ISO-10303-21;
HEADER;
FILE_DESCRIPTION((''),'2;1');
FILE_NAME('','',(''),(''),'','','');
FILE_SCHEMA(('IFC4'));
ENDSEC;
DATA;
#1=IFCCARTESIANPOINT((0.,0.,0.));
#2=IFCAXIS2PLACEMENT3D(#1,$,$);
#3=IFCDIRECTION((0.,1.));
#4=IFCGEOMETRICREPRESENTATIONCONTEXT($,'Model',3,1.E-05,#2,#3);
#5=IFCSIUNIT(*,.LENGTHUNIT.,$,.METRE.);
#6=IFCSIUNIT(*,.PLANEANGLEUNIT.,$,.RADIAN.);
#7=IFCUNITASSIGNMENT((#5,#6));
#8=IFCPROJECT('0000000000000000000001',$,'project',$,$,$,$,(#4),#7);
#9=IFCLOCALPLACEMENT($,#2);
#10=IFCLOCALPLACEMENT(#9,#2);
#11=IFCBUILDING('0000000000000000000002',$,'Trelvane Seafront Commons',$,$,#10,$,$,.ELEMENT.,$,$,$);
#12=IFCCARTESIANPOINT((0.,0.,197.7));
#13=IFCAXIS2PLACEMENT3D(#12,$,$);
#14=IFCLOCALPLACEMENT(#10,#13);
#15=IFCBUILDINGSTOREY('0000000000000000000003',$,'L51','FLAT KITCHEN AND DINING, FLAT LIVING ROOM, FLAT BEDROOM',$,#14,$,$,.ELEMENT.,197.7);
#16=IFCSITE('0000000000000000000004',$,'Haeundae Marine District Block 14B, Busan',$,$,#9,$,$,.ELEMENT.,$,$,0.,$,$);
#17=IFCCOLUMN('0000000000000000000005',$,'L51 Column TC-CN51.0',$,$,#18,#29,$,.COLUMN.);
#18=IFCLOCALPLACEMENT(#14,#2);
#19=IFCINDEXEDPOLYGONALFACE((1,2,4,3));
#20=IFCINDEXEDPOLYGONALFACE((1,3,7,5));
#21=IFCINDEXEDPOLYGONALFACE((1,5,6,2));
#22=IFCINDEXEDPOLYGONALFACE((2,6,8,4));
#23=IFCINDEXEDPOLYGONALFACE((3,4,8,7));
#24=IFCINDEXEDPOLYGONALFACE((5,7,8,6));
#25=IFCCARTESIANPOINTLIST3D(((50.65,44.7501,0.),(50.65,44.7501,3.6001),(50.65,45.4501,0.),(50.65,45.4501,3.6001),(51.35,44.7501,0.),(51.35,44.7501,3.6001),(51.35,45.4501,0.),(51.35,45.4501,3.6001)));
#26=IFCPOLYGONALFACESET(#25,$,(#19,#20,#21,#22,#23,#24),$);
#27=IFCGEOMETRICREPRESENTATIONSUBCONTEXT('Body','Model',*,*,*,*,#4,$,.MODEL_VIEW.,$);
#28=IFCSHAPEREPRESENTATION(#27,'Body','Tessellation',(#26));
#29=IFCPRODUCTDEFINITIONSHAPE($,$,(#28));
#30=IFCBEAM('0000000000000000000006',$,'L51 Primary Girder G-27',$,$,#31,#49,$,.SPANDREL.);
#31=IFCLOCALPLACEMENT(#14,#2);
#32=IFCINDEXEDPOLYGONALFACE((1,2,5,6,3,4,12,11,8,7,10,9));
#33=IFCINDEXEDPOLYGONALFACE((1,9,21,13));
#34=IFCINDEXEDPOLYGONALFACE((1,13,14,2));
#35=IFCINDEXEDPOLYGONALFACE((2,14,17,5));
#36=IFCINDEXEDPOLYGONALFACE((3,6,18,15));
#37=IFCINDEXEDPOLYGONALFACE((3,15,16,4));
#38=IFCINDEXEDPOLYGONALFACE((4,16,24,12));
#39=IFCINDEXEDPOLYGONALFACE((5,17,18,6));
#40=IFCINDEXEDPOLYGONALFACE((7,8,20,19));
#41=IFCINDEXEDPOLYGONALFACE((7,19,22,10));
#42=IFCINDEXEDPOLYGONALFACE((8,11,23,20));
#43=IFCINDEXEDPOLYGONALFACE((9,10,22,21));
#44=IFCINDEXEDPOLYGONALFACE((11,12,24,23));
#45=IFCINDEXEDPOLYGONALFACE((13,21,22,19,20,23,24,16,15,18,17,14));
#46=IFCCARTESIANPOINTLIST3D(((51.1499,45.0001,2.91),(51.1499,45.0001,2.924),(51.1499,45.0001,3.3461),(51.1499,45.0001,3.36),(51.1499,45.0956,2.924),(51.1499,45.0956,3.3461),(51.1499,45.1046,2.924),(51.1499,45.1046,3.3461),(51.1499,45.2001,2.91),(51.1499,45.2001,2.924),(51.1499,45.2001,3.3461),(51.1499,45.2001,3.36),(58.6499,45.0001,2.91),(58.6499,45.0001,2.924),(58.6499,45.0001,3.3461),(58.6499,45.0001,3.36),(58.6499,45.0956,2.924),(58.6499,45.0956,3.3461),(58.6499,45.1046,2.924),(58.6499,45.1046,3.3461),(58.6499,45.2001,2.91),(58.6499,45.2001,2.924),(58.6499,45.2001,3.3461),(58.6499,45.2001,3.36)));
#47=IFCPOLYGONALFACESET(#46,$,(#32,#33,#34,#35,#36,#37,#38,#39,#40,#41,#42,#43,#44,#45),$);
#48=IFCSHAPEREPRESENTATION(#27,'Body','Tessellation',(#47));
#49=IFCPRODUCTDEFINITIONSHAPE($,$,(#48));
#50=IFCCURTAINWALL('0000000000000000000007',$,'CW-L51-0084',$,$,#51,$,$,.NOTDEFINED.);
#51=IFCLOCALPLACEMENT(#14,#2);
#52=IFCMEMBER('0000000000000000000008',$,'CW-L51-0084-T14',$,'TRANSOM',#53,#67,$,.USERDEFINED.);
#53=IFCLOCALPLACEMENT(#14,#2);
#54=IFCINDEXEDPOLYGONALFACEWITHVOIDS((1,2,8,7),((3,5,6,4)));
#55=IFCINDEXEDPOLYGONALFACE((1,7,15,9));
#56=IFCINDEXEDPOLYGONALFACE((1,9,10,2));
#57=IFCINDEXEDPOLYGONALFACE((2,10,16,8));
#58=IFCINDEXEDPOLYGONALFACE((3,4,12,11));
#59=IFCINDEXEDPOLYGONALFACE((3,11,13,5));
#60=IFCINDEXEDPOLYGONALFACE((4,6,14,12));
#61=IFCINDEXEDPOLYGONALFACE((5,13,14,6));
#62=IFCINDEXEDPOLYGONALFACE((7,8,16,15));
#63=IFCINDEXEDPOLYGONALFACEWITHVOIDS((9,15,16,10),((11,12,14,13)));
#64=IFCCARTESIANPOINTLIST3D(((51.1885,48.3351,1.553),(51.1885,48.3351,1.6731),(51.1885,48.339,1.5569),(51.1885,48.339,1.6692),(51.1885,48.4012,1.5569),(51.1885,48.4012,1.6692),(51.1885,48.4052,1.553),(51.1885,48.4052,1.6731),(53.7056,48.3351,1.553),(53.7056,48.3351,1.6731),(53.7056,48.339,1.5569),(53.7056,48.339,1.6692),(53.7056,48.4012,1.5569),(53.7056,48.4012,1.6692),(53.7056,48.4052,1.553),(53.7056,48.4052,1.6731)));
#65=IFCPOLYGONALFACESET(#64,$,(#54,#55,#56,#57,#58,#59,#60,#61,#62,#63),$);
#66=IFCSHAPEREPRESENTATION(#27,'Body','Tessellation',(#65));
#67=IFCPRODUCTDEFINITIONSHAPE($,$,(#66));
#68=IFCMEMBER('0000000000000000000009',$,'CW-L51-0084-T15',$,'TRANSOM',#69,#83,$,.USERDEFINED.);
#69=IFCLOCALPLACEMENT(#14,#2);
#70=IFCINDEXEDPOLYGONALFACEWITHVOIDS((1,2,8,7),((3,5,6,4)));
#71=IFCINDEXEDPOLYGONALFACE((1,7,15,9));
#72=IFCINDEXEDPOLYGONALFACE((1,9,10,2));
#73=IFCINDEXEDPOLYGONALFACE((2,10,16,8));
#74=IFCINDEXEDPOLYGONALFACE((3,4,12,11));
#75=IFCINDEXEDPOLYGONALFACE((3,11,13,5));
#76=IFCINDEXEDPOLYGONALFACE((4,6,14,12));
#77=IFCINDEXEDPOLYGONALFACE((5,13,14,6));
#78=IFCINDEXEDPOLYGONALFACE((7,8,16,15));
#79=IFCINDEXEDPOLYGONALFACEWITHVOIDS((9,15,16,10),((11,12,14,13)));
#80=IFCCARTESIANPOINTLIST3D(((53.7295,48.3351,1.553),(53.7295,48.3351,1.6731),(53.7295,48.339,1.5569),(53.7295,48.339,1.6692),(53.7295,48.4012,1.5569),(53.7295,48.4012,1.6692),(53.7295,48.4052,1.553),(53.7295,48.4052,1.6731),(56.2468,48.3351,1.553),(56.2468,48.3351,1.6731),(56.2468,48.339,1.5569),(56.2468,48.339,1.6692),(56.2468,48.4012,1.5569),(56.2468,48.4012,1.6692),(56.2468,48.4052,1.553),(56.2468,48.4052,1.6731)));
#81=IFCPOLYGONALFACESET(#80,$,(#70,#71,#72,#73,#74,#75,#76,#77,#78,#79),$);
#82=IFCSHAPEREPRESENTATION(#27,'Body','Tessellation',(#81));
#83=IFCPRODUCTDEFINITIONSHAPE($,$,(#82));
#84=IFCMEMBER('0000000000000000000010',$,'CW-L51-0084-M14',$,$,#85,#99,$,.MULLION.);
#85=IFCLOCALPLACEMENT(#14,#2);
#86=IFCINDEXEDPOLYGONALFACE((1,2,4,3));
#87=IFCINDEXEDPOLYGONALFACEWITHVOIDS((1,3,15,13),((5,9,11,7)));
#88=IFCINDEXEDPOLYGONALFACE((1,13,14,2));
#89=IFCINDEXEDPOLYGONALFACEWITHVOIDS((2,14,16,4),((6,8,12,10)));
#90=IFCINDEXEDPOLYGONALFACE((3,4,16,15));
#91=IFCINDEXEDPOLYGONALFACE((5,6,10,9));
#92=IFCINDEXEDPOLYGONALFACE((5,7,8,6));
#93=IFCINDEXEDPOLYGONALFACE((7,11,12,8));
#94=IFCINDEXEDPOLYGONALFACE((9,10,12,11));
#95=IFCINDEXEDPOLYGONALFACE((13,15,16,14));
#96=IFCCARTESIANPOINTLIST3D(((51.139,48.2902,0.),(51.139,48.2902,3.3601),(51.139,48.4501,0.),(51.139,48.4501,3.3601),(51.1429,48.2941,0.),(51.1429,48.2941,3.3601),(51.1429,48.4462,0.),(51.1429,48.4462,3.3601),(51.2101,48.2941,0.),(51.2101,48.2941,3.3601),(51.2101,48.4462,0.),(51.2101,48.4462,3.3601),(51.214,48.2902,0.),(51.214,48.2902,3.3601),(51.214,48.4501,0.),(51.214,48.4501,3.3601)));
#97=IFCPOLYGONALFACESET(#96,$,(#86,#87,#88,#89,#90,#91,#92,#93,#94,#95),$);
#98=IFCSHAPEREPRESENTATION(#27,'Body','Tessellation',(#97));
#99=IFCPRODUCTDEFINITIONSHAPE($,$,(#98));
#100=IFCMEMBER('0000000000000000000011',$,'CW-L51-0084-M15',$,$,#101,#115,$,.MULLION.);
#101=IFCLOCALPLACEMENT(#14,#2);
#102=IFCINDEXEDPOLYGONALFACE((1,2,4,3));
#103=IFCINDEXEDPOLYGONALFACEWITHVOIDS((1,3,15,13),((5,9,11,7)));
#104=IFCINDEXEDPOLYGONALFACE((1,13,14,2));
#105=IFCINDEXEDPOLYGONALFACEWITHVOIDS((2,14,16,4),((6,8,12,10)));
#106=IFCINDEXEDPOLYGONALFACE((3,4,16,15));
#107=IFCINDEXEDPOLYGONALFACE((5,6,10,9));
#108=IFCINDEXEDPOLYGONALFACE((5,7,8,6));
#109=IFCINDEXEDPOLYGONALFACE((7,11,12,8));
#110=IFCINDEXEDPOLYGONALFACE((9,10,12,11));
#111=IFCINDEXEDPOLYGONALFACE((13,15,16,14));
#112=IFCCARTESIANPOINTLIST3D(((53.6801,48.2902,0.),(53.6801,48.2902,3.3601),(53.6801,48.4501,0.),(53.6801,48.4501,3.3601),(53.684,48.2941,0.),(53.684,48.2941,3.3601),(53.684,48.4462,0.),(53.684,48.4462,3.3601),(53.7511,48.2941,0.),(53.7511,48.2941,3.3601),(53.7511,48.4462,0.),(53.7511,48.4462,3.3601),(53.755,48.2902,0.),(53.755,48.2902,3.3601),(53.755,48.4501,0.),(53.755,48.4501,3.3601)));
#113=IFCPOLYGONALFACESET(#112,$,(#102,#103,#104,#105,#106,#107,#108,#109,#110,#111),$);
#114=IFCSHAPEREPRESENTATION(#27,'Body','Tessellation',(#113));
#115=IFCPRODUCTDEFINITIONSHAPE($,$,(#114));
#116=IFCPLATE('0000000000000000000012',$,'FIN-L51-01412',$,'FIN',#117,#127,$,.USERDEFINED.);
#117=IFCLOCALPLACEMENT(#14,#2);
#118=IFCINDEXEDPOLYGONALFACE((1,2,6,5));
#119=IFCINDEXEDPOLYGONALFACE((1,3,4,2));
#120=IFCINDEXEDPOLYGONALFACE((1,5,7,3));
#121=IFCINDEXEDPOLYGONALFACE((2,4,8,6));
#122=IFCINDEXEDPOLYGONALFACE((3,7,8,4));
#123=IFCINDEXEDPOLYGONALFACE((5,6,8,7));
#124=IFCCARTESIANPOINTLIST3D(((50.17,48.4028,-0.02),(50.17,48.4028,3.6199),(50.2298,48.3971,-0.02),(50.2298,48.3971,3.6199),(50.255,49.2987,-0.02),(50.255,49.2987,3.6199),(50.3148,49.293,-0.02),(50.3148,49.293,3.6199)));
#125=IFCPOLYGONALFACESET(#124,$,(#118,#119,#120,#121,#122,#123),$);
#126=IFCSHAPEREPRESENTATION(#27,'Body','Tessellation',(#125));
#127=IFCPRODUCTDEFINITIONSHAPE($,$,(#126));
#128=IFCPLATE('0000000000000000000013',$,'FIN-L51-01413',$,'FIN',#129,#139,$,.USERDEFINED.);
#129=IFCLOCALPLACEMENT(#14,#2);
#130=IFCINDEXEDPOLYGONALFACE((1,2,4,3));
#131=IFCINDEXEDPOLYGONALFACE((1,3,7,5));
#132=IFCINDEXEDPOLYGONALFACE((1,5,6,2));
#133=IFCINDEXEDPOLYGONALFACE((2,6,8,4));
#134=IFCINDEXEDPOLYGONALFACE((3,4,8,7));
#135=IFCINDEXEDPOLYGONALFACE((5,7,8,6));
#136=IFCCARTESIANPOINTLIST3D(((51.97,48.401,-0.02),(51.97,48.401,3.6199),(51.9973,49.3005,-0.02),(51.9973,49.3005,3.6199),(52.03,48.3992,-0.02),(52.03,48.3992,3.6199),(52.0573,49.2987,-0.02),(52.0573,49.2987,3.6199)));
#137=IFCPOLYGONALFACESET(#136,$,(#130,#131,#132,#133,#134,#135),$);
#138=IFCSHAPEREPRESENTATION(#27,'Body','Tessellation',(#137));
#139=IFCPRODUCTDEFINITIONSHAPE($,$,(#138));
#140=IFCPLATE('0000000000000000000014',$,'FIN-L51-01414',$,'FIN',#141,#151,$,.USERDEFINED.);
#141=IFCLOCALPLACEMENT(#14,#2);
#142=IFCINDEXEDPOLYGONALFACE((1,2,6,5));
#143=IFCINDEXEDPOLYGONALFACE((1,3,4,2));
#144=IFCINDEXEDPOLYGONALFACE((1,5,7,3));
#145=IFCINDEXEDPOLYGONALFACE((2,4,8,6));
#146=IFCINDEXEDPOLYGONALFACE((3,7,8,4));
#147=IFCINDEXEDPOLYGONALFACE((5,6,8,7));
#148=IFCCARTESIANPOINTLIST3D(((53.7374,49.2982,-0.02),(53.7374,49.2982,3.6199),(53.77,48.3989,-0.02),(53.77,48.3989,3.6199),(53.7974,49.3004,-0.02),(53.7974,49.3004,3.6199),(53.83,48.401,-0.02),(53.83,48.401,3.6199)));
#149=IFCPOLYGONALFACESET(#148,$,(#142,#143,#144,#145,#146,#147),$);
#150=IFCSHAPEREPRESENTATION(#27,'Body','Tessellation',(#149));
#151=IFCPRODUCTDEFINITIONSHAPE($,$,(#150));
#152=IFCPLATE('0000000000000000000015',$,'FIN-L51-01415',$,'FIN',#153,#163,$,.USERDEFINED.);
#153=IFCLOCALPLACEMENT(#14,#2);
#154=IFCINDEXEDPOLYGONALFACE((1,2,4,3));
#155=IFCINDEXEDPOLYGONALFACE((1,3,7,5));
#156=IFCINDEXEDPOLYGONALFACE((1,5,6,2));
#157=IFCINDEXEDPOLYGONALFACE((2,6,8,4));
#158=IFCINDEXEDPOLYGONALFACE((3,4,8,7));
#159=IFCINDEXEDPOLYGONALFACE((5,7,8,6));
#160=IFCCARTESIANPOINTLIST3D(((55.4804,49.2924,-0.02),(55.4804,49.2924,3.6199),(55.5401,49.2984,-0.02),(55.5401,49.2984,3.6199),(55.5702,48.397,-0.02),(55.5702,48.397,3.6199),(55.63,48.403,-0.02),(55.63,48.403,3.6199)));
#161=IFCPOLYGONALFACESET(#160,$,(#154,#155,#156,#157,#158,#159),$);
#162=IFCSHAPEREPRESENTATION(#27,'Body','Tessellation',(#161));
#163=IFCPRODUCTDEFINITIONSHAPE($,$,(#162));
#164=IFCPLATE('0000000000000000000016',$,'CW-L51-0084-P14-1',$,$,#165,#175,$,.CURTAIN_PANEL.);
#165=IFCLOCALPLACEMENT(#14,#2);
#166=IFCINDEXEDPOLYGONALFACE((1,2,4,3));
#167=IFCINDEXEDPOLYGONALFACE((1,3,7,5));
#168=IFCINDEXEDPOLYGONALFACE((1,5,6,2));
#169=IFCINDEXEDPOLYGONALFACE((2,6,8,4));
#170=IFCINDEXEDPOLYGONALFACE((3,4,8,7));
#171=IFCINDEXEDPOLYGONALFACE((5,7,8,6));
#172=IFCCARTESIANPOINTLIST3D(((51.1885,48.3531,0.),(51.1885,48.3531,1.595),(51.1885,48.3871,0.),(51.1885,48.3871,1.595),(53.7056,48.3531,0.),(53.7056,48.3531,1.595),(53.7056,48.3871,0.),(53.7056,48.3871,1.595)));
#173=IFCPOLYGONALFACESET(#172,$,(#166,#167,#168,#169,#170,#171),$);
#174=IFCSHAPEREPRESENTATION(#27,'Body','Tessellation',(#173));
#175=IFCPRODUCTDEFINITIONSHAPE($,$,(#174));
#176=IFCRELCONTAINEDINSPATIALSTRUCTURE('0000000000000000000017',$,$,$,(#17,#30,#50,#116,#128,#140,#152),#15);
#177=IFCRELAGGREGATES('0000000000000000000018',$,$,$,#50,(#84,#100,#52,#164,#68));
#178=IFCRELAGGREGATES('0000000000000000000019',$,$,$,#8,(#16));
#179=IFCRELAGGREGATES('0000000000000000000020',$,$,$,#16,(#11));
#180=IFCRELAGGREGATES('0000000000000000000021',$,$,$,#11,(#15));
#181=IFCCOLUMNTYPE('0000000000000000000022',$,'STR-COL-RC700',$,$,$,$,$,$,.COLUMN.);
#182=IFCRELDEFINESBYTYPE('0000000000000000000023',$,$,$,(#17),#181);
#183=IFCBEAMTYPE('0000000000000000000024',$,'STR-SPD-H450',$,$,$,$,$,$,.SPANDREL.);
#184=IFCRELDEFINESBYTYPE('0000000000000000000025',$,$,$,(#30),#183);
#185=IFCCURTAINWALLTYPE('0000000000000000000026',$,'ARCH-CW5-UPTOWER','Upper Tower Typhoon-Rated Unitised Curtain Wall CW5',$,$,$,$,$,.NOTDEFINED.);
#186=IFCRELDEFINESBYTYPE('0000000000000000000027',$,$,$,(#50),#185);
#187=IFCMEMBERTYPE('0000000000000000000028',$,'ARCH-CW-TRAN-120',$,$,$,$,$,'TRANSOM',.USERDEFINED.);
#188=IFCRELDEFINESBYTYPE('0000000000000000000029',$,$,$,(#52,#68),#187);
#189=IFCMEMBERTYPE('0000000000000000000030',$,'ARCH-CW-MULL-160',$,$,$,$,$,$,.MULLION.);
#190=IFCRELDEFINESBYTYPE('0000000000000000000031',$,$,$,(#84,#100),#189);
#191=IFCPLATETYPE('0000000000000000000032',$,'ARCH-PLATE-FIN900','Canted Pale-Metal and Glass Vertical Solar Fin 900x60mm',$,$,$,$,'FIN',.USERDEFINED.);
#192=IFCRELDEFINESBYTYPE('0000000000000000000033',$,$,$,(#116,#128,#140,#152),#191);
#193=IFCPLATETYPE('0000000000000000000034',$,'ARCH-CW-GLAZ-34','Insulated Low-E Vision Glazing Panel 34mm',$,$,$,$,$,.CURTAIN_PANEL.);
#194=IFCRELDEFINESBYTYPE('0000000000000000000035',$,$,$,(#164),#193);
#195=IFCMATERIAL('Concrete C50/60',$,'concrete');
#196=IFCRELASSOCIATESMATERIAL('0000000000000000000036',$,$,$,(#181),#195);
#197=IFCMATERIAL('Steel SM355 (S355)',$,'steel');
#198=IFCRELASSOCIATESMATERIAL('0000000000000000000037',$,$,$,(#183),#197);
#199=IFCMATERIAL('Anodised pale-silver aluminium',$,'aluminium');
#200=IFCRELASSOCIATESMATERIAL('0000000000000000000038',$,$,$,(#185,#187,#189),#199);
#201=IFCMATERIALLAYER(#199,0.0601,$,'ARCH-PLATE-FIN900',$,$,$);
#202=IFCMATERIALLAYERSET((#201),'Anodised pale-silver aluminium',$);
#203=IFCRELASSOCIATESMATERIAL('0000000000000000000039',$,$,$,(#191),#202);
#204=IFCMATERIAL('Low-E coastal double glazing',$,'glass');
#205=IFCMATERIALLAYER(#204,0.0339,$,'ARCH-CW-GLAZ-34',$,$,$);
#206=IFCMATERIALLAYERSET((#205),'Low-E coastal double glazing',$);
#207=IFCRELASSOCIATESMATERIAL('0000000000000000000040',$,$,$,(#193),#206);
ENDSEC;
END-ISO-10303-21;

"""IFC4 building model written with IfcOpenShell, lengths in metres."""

from ifc_helpers import new_model, si_unit, direction, frame, origin, origin_2d, place, context, subcontext, project, spatial, rectangle, hollow_rectangle, i_section, extrude, source, transform, mapped, material, layer, layer_set, material_profile, profile_set, type_object, element, aggregate, save


model = new_model("IFC4")

# Units and contexts
model_context = context("Model", 3, precision=1e-05, world=origin(), true_north=direction((0.0, 1.0)))
body_context = subcontext(model_context, "Body", "Model", "MODEL_VIEW")
ifc_project = project(units=[si_unit("LENGTHUNIT", "METRE"), si_unit("PLANEANGLEUNIT", "RADIAN")], contexts=[model_context])

# Site, building, storey
site_placement = place(None, origin())
site = spatial("IfcSite", under=ifc_project, at=site_placement, Name="Haeundae Marine District Block 14B, Busan", CompositionType="ELEMENT", RefElevation=0.0)
building_placement = place(site_placement, origin())
building = spatial("IfcBuilding", under=site, at=building_placement, Name="Trelvane Seafront Commons", CompositionType="ELEMENT")
storey_placement = place(building_placement, frame((0.0, 0.0, 197.7)))
storey = spatial("IfcBuildingStorey", under=building, at=storey_placement, Name="L51", Description="FLAT KITCHEN AND DINING, FLAT LIVING ROOM, FLAT BEDROOM", CompositionType="ELEMENT", Elevation=197.7)

# Column
ifc_material_1 = material(Name="Concrete C50/60", Category="concrete")
ifc_material_profile_1 = material_profile(ifc_material_1, rectangle(XDim=0.7, YDim=0.7, at=origin_2d()), Name="RC-700x700")
ifc_profile_set_1 = profile_set([ifc_material_profile_1], Name="Concrete C50/60")
column_type = type_object("IfcColumnType", Name="STR-COL-RC700", PredefinedType="COLUMN", material=ifc_profile_set_1)
shared_shape_1 = source(origin(), body_context, "Body", "SweptSolid", [
    extrude(rectangle(XDim=0.7, YDim=0.7, at=origin_2d()), origin(), (0.0, 0.0, 1.0), 3.6001),
])
column_placement = place(storey_placement, frame((51.0, 45.1001, 0.0), z_axis=(0.0, 0.0, 1.0), x_axis=(1.0, 0.0, 0.0)))
element("IfcColumn", 1, at=column_placement, inside=storey, type_object=column_type, Name="L51 Column TC-CN51.0", PredefinedType="COLUMN", context=body_context, shape_type="MappedRepresentation", body=[
    mapped(shared_shape_1, transform((0.0, 0.0, 0.0), x_axis=(1.0, 0.0, 0.0), y_axis=(0.0, 1.0, 0.0), z_axis=(0.0, 0.0, 1.0), scale=1.0)),
])

# Beam
ifc_material_2 = material(Name="Steel SM355 (S355)", Category="steel")
ifc_material_profile_2 = material_profile(ifc_material_2, i_section(OverallWidth=0.2, OverallDepth=0.45, WebThickness=0.009, FlangeThickness=0.0139, at=origin_2d()), Name="H-450x200x9x14")
ifc_profile_set_2 = profile_set([ifc_material_profile_2], Name="Steel SM355 (S355)")
beam_type = type_object("IfcBeamType", Name="STR-SPD-H450", PredefinedType="SPANDREL", material=ifc_profile_set_2)
shared_shape_2 = source(origin(), body_context, "Body", "SweptSolid", [
    extrude(i_section(OverallWidth=0.2, OverallDepth=0.45, WebThickness=0.009, FlangeThickness=0.0139, at=origin_2d()), origin(), (0.0, 0.0, 1.0), 7.5),
])
beam_placement = place(storey_placement, frame((51.1499, 45.1001, 3.135), z_axis=(1.0, 0.0, 0.0), x_axis=(0.0, 1.0, 0.0)))
element("IfcBeam", 2, at=beam_placement, inside=storey, type_object=beam_type, Name="L51 Primary Girder G-27", PredefinedType="SPANDREL", context=body_context, shape_type="MappedRepresentation", body=[
    mapped(shared_shape_2, transform((0.0, 0.0, 0.0), x_axis=(1.0, 0.0, 0.0), y_axis=(0.0, 1.0, 0.0), z_axis=(0.0, 0.0, 1.0), scale=1.0)),
])

# Curtain wall, members
ifc_material_3 = material(Name="Anodised pale-silver aluminium", Category="aluminium")
curtain_wall_type = type_object("IfcCurtainWallType", Name="ARCH-CW5-UPTOWER", Description="Upper Tower Typhoon-Rated Unitised Curtain Wall CW5", PredefinedType="NOTDEFINED", material=ifc_material_3)
curtain_wall_placement = place(storey_placement, origin())
curtain_wall = element("IfcCurtainWall", 3, at=curtain_wall_placement, inside=storey, type_object=curtain_wall_type, Name="CW-L51-0084", PredefinedType="NOTDEFINED")
ifc_material_profile_3 = material_profile(ifc_material_3, hollow_rectangle(XDim=0.0701, YDim=0.1201, WallThickness=0.0039, at=origin_2d()), Name="TRAN-70x120x4")
ifc_profile_set_3 = profile_set([ifc_material_profile_3], Name="Anodised pale-silver aluminium")
member_type_1 = type_object("IfcMemberType", Name="ARCH-CW-TRAN-120", ElementType="TRANSOM", PredefinedType="USERDEFINED", material=ifc_profile_set_3)
shared_shape_3 = source(origin(), body_context, "Body", "SweptSolid", [
    extrude(hollow_rectangle(XDim=0.0701, YDim=0.1201, WallThickness=0.0039, at=origin_2d()), origin(), (0.0, 0.0, 1.0), 2.5171),
])
member_1_placement = place(storey_placement, frame((51.1885, 48.3701, 1.613), z_axis=(1.0, 0.0, 0.0), x_axis=(0.0, 1.0, 0.0)))
member_1 = element("IfcMember", 4, at=member_1_placement, type_object=member_type_1, Name="CW-L51-0084-T14", ObjectType="TRANSOM", PredefinedType="USERDEFINED", context=body_context, shape_type="MappedRepresentation", body=[
    mapped(shared_shape_3, transform((0.0, 0.0, 0.0), x_axis=(1.0, 0.0, 0.0), y_axis=(0.0, 1.0, 0.0), z_axis=(0.0, 0.0, 1.0), scale=1.0)),
])
shared_shape_4 = source(origin(), body_context, "Body", "SweptSolid", [
    extrude(hollow_rectangle(XDim=0.0701, YDim=0.1201, WallThickness=0.0039, at=origin_2d()), origin(), (0.0, 0.0, 1.0), 2.5173),
])
member_2_placement = place(storey_placement, frame((53.7295, 48.3701, 1.613), z_axis=(1.0, 0.0, 0.0), x_axis=(0.0, 1.0, 0.0)))
member_2 = element("IfcMember", 5, at=member_2_placement, type_object=member_type_1, Name="CW-L51-0084-T15", ObjectType="TRANSOM", PredefinedType="USERDEFINED", context=body_context, shape_type="MappedRepresentation", body=[
    mapped(shared_shape_4, transform((0.0, 0.0, 0.0), x_axis=(1.0, 0.0, 0.0), y_axis=(0.0, 1.0, 0.0), z_axis=(0.0, 0.0, 1.0), scale=1.0)),
])
ifc_material_profile_4 = material_profile(ifc_material_3, hollow_rectangle(XDim=0.075, YDim=0.1599, WallThickness=0.0039, at=origin_2d()), Name="MULL-75x160x4")
ifc_profile_set_4 = profile_set([ifc_material_profile_4], Name="Anodised pale-silver aluminium")
member_type_2 = type_object("IfcMemberType", Name="ARCH-CW-MULL-160", PredefinedType="MULLION", material=ifc_profile_set_4)
shared_shape_5 = source(origin(), body_context, "Body", "SweptSolid", [
    extrude(hollow_rectangle(XDim=0.075, YDim=0.1599, WallThickness=0.0039, at=origin_2d()), origin(), (0.0, 0.0, 1.0), 3.3601),
])
member_3_placement = place(storey_placement, frame((51.1765, 48.3701, 0.0), z_axis=(0.0, 0.0, 1.0), x_axis=(1.0, 0.0, 0.0)))
member_3 = element("IfcMember", 6, at=member_3_placement, type_object=member_type_2, Name="CW-L51-0084-M14", PredefinedType="MULLION", context=body_context, shape_type="MappedRepresentation", body=[
    mapped(shared_shape_5, transform((0.0, 0.0, 0.0), x_axis=(1.0, 0.0, 0.0), y_axis=(0.0, 1.0, 0.0), z_axis=(0.0, 0.0, 1.0), scale=1.0)),
])
member_4_placement = place(storey_placement, frame((53.7175, 48.3701, 0.0), z_axis=(0.0, 0.0, 1.0), x_axis=(1.0, 0.0, 0.0)))
member_4 = element("IfcMember", 7, at=member_4_placement, type_object=member_type_2, Name="CW-L51-0084-M15", PredefinedType="MULLION", context=body_context, shape_type="MappedRepresentation", body=[
    mapped(shared_shape_5, transform((0.0, 0.0, 0.0), x_axis=(1.0, 0.0, 0.0), y_axis=(0.0, 1.0, 0.0), z_axis=(0.0, 0.0, 1.0), scale=1.0)),
])

# Plates
ifc_layer_1 = layer(ifc_material_3, 0.0601, Name="ARCH-PLATE-FIN900")
ifc_layer_set_1 = layer_set([ifc_layer_1], Name="Anodised pale-silver aluminium")
plate_type_1 = type_object("IfcPlateType", Name="ARCH-PLATE-FIN900", Description="Canted Pale-Metal and Glass Vertical Solar Fin 900x60mm", ElementType="FIN", PredefinedType="USERDEFINED", material=ifc_layer_set_1)
shared_shape_6 = source(origin(), body_context, "Body", "SweptSolid", [
    extrude(rectangle(XDim=0.8999, YDim=0.0601, at=origin_2d()), origin(), (0.0, 0.0, 1.0), 3.6399),
])
for number, where, z_axis, x_axis, name in (
    (8, (50.2424, 48.8479, -0.02), (0.0, 0.0, 1.0), (0.094442, 0.99553, 0.0), "FIN-L51-01412"),
    (9, (52.0137, 48.8499, -0.02), (0.0, 0.0, 1.0), (0.030333, 0.99954, 0.0), "FIN-L51-01413"),
    (10, (53.7837, 48.8496, -0.02), (0.0, 0.0, 1.0), (-0.036223, 0.999344, 0.0), "FIN-L51-01414"),
    (11, (55.5552, 48.8477, -0.02), (0.0, 0.0, 1.0), (-0.099889, 0.994999, 0.0), "FIN-L51-01415"),
):
    element("IfcPlate", number, at=place(storey_placement, frame(where, z_axis=z_axis, x_axis=x_axis)), inside=storey, type_object=plate_type_1, Name=name, ObjectType="FIN", PredefinedType="USERDEFINED", context=body_context, shape_type="MappedRepresentation", body=[
        mapped(shared_shape_6, transform((0.0, 0.0, 0.0), x_axis=(1.0, 0.0, 0.0), y_axis=(0.0, 1.0, 0.0), z_axis=(0.0, 0.0, 1.0), scale=1.0)),
    ])

# Plate
ifc_material_4 = material(Name="Low-E coastal double glazing", Category="glass")
ifc_layer_2 = layer(ifc_material_4, 0.0339, Name="ARCH-CW-GLAZ-34")
ifc_layer_set_2 = layer_set([ifc_layer_2], Name="Low-E coastal double glazing")
plate_type_2 = type_object("IfcPlateType", Name="ARCH-CW-GLAZ-34", Description="Insulated Low-E Vision Glazing Panel 34mm", PredefinedType="CURTAIN_PANEL", material=ifc_layer_set_2)
shared_shape_7 = source(origin(), body_context, "Body", "SweptSolid", [
    extrude(rectangle(XDim=2.5171, YDim=0.0339, at=origin_2d()), origin(), (0.0, 0.0, 1.0), 1.595),
])
plate_1_placement = place(storey_placement, frame((52.447, 48.3701, 0.0), z_axis=(0.0, 0.0, 1.0), x_axis=(1.0, 0.0, 0.0)))
plate_1 = element("IfcPlate", 12, at=plate_1_placement, type_object=plate_type_2, Name="CW-L51-0084-P14-1", PredefinedType="CURTAIN_PANEL", context=body_context, shape_type="MappedRepresentation", body=[
    mapped(shared_shape_7, transform((0.0, 0.0, 0.0), x_axis=(1.0, 0.0, 0.0), y_axis=(0.0, 1.0, 0.0), z_axis=(0.0, 0.0, 1.0), scale=1.0)),
])
aggregate(curtain_wall, [member_3, member_4, member_1, plate_1, member_2])

save(model, "model.ifc")
